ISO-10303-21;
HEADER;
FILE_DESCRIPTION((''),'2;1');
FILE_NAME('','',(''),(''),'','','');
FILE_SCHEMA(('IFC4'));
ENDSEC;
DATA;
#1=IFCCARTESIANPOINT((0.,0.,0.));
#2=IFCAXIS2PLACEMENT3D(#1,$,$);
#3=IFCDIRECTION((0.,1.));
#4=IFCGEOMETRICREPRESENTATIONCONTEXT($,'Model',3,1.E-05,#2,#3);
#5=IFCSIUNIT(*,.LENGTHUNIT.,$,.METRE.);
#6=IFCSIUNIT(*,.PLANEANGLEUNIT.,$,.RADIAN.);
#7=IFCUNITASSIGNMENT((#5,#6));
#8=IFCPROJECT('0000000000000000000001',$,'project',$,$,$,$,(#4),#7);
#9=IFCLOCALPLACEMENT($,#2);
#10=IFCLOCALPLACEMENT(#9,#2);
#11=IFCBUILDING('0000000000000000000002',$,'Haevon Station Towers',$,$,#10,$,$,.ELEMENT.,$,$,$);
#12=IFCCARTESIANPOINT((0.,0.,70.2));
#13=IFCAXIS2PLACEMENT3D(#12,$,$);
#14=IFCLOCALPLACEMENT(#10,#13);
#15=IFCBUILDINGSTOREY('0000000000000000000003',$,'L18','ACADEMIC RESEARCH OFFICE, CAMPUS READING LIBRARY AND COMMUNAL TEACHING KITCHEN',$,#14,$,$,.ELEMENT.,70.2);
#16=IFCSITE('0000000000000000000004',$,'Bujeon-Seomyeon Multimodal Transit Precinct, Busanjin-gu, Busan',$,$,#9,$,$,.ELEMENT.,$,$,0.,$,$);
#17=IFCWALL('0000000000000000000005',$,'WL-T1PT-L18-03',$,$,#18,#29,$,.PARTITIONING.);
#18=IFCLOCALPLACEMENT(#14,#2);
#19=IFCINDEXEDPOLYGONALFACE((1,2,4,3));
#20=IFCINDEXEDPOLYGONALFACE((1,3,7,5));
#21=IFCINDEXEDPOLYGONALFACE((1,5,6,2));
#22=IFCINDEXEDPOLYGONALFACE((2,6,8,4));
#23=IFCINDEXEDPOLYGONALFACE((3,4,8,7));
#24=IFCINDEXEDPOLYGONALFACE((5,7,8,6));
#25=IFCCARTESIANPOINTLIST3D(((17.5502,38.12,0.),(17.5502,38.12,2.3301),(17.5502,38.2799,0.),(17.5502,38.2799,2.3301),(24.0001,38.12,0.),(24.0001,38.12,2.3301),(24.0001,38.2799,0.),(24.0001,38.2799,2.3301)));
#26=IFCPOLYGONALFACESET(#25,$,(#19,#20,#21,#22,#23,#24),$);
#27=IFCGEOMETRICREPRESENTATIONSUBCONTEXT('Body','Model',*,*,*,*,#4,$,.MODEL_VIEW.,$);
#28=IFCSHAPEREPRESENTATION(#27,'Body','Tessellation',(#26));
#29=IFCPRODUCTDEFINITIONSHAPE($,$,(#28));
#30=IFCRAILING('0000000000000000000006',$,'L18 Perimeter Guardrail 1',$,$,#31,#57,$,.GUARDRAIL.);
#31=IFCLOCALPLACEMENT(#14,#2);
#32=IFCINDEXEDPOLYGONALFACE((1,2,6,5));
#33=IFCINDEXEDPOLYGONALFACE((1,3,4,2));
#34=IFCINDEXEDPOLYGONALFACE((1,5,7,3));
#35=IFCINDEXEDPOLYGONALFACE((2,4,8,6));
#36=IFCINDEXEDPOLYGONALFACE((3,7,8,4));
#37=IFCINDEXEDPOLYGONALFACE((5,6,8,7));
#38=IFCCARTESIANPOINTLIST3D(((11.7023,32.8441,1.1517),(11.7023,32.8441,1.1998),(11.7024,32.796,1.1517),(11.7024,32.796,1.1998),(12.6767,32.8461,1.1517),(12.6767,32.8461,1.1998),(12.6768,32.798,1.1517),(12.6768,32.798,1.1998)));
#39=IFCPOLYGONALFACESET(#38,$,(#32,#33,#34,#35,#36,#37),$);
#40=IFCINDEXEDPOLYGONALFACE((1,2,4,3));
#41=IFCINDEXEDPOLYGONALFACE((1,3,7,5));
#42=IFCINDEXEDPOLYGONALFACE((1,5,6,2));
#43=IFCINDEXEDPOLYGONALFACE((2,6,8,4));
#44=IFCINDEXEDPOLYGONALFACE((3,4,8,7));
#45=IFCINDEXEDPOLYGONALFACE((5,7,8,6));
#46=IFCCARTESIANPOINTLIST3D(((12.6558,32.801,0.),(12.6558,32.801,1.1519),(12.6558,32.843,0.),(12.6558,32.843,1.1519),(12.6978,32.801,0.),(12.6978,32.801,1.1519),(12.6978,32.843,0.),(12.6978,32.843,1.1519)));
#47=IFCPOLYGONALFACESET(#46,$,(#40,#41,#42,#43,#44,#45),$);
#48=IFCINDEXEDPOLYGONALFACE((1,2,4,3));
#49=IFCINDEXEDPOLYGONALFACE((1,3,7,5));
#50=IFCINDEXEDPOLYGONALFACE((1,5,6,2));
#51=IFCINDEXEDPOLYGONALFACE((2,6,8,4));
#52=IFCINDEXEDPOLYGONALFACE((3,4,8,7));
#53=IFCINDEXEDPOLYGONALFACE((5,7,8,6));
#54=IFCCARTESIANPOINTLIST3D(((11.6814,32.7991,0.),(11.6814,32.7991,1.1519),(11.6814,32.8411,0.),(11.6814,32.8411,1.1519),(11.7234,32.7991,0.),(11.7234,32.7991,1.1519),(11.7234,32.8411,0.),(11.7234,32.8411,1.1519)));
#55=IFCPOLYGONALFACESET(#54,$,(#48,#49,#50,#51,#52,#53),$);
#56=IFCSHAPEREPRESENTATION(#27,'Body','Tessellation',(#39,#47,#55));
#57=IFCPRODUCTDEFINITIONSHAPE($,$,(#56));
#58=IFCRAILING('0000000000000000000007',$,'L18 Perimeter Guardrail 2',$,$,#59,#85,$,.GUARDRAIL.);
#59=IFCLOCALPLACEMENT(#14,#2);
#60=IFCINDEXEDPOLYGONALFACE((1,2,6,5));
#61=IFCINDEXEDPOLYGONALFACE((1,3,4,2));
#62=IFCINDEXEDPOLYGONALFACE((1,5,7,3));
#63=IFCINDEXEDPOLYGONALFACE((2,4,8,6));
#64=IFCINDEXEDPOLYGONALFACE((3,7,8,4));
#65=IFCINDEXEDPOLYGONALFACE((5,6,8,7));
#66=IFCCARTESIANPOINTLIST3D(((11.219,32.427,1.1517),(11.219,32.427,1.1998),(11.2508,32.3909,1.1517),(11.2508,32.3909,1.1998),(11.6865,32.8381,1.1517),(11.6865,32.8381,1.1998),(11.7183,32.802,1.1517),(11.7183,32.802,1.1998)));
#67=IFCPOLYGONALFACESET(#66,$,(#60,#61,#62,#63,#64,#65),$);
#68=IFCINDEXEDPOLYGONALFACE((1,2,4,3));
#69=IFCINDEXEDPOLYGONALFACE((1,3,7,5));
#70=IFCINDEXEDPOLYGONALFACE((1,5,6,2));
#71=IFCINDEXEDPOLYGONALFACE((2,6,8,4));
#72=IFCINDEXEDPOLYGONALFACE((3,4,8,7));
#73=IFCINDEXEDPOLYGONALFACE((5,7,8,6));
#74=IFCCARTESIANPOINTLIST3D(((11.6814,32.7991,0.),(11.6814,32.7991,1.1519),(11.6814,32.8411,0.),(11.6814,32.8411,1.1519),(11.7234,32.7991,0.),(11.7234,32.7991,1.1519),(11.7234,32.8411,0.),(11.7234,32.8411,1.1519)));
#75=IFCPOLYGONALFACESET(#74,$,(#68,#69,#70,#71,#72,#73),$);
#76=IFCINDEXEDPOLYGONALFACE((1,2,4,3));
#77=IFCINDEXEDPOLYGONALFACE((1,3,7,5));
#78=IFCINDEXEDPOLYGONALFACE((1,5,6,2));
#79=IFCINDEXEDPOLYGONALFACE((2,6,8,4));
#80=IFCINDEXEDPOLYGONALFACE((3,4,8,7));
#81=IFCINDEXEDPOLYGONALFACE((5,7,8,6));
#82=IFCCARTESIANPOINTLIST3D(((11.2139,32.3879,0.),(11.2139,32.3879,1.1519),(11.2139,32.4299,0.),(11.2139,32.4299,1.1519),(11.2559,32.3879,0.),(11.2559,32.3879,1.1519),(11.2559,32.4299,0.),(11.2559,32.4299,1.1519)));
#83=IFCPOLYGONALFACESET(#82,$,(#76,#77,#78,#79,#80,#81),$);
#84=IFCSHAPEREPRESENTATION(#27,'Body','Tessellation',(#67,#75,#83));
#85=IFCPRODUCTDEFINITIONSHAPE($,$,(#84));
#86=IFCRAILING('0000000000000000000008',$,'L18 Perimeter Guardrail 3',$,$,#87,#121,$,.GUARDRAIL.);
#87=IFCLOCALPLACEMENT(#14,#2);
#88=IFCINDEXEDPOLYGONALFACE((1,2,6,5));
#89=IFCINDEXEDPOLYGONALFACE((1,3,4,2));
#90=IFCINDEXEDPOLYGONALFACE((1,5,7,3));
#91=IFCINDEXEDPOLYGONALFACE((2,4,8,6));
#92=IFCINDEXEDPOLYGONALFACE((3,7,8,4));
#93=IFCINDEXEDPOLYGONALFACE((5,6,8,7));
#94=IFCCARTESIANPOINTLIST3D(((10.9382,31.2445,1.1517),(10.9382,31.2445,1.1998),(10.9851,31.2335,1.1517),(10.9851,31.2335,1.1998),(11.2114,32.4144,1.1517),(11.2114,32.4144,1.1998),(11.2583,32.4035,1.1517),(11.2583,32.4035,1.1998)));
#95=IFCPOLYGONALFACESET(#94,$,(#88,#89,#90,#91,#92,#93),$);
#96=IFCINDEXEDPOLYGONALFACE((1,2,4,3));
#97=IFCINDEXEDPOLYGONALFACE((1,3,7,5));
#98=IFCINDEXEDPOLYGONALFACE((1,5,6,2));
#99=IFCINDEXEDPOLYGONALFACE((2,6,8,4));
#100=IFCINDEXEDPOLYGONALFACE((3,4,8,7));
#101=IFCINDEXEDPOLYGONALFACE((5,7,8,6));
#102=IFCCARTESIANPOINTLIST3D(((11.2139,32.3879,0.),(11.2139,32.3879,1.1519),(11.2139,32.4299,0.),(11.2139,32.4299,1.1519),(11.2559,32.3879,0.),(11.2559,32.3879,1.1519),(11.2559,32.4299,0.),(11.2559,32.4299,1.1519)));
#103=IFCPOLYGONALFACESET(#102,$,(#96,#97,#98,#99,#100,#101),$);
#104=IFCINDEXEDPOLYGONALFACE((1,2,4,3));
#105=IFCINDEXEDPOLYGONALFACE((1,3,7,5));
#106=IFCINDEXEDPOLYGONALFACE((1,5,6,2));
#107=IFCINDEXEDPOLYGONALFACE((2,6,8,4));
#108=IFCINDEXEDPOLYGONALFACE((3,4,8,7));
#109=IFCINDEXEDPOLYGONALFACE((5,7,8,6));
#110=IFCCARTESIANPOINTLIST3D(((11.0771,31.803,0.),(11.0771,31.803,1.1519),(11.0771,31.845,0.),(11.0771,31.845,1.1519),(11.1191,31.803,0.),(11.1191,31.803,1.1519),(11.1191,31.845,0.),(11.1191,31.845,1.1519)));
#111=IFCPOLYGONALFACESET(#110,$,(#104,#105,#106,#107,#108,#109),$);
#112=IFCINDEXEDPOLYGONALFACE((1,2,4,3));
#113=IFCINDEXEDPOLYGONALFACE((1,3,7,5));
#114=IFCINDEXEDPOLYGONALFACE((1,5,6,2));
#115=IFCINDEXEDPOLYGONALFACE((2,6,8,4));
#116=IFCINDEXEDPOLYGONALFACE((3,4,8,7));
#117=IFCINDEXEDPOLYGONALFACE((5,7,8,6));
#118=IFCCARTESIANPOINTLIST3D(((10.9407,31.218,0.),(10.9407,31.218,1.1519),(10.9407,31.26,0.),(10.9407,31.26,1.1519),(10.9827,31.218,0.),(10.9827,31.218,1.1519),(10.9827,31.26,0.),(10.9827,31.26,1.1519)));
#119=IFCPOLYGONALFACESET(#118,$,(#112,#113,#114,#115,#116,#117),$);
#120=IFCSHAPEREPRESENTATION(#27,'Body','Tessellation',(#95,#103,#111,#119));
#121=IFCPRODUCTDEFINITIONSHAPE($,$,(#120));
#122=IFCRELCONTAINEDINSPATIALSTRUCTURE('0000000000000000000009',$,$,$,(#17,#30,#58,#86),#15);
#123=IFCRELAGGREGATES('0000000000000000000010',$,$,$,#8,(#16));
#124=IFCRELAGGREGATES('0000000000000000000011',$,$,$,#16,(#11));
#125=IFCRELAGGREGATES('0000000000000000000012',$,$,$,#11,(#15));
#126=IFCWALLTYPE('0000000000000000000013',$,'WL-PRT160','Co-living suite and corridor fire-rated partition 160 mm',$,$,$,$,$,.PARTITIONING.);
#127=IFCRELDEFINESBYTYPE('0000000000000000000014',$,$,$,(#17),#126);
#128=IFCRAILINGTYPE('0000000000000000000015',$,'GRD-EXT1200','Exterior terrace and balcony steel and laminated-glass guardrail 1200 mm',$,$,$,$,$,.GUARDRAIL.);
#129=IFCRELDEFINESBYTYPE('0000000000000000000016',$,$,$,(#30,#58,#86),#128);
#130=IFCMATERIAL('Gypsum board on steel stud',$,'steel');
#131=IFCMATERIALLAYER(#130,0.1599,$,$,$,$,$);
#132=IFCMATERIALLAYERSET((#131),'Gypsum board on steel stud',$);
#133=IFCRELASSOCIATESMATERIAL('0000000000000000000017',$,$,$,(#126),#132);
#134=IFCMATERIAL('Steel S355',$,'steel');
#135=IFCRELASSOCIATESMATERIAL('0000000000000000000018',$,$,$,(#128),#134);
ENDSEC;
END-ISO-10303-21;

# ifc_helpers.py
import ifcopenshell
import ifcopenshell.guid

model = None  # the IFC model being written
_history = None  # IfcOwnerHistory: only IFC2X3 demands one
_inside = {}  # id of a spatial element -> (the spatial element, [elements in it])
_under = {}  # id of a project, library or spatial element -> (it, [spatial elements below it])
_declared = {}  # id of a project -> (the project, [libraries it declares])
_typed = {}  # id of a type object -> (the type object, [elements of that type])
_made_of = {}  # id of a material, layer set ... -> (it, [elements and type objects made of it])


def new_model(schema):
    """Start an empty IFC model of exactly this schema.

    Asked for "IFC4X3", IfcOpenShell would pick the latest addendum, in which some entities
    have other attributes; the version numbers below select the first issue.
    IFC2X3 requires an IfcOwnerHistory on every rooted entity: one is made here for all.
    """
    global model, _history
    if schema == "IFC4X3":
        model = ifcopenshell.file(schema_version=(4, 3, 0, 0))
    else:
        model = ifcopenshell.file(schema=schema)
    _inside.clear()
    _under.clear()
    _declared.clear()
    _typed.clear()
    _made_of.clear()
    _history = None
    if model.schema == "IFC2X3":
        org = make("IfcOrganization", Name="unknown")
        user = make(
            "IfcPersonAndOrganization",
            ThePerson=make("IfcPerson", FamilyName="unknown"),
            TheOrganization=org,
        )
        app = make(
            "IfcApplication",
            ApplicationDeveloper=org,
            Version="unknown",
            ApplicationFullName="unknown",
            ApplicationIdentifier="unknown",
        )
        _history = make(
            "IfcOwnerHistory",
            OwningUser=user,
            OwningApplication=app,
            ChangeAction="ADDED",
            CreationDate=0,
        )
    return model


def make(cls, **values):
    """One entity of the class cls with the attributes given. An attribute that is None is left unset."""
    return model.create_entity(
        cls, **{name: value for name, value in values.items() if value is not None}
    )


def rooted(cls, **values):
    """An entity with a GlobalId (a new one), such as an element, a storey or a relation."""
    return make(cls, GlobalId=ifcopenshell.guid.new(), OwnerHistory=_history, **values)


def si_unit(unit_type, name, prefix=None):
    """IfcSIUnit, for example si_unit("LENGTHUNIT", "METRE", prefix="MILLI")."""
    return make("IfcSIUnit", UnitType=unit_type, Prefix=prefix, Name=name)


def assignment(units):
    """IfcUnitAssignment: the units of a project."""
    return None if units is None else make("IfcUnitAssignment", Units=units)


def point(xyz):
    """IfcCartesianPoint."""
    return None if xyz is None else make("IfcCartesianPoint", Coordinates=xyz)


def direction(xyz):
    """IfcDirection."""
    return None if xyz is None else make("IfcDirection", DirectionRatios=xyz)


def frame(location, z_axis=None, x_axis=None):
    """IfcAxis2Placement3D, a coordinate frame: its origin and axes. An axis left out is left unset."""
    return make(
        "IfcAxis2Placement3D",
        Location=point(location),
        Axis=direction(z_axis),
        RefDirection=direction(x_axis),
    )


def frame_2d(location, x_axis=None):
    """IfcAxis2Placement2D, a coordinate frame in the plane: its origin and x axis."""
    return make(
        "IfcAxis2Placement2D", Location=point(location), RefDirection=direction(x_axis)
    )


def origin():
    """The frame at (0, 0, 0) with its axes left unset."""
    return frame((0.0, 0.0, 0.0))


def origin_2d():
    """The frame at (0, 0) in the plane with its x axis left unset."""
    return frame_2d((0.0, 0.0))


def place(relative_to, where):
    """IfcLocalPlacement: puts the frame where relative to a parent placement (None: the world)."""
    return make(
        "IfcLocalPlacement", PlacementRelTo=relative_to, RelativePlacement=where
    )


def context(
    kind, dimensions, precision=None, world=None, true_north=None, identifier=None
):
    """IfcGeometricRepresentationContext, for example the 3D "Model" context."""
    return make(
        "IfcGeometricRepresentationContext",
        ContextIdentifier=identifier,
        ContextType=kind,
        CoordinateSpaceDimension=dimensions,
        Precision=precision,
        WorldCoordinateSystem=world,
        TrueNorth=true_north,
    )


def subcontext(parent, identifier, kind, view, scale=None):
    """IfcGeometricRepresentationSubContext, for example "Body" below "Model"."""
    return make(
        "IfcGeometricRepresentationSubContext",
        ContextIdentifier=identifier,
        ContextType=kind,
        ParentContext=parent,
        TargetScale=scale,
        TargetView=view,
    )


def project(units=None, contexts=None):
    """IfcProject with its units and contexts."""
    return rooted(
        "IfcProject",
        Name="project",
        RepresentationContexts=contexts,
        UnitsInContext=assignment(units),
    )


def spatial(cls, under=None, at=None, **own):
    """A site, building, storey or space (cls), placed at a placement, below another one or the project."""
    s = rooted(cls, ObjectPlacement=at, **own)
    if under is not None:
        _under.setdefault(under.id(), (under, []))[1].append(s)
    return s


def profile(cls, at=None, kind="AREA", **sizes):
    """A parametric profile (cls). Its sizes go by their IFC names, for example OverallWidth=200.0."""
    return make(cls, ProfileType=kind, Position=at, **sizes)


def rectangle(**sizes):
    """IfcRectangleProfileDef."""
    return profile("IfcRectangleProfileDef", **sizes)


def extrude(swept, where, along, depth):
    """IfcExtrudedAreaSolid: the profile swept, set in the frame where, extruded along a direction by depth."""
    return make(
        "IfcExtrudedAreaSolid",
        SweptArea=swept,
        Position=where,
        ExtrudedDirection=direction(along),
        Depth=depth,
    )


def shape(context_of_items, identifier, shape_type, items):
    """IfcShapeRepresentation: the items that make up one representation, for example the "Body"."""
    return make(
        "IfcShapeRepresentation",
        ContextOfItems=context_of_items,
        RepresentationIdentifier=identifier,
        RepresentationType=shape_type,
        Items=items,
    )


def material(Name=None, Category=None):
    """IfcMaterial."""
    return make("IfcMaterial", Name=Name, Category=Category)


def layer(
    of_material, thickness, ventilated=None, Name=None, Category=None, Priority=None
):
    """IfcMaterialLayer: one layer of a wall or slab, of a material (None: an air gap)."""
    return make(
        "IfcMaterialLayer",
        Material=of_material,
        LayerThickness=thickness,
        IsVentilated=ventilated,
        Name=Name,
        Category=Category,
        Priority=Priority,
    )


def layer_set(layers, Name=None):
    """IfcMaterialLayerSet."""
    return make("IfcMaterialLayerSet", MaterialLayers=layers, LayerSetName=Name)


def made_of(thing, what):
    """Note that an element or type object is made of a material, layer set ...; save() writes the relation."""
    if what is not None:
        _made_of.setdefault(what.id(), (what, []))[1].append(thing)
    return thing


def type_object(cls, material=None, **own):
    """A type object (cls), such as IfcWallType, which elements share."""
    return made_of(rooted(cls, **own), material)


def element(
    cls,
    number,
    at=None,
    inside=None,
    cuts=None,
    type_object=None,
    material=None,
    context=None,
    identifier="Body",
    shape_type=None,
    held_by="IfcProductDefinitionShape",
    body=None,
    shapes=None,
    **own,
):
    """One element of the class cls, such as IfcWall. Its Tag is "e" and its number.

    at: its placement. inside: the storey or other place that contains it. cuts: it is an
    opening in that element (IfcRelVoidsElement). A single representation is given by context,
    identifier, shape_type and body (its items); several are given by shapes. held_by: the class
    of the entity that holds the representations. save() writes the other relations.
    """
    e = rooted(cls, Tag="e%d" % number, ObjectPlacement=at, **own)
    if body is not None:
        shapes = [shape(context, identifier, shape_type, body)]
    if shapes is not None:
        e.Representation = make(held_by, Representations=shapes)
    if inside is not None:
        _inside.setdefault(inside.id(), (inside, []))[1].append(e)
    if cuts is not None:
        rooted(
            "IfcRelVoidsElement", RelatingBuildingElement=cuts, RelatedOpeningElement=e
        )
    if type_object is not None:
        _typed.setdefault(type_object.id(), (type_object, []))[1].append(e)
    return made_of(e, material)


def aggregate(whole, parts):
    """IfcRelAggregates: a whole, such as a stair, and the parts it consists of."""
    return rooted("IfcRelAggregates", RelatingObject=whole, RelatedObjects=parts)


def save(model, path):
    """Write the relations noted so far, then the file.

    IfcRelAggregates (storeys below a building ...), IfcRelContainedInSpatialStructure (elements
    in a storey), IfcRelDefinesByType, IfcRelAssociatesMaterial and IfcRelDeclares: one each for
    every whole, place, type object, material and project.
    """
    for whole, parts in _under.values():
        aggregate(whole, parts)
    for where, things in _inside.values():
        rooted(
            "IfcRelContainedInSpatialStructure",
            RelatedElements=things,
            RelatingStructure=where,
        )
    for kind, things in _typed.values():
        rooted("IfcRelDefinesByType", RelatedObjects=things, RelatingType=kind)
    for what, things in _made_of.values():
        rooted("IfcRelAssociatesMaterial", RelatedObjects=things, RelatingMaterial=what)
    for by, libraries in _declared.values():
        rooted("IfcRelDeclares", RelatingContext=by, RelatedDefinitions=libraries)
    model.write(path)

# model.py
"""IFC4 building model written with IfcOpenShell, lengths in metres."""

from ifc_helpers import new_model, si_unit, direction, frame, frame_2d, origin, origin_2d, place, context, subcontext, project, spatial, rectangle, extrude, material, layer, layer_set, type_object, element, save


model = new_model("IFC4")

# Units and contexts
model_context = context("Model", 3, precision=1e-05, world=origin(), true_north=direction((0.0, 1.0)))
body_context = subcontext(model_context, "Body", "Model", "MODEL_VIEW")
ifc_project = project(units=[si_unit("LENGTHUNIT", "METRE"), si_unit("PLANEANGLEUNIT", "RADIAN")], contexts=[model_context])

# Site, building, storey
site_placement = place(None, origin())
site = spatial("IfcSite", under=ifc_project, at=site_placement, Name="Bujeon-Seomyeon Multimodal Transit Precinct, Busanjin-gu, Busan", CompositionType="ELEMENT", RefElevation=0.0)
building_placement = place(site_placement, origin())
building = spatial("IfcBuilding", under=site, at=building_placement, Name="Haevon Station Towers", CompositionType="ELEMENT")
storey_placement = place(building_placement, frame((0.0, 0.0, 70.2)))
storey = spatial("IfcBuildingStorey", under=building, at=storey_placement, Name="L18", Description="ACADEMIC RESEARCH OFFICE, CAMPUS READING LIBRARY AND COMMUNAL TEACHING KITCHEN", CompositionType="ELEMENT", Elevation=70.2)

# Shared definitions
ifc_material_1 = material(Name="Steel S355", Category="steel")

# Wall
ifc_material_2 = material(Name="Gypsum board on steel stud", Category="steel")
ifc_layer_1 = layer(ifc_material_2, 0.1599)
ifc_layer_set_1 = layer_set([ifc_layer_1], Name="Gypsum board on steel stud")
wall_type_1 = type_object("IfcWallType", Name="WL-PRT160", Description="Co-living suite and corridor fire-rated partition 160 mm", PredefinedType="PARTITIONING", material=ifc_layer_set_1)
wall_1_placement = place(storey_placement, frame((17.55, 38.2, 0.0), z_axis=(0.0, 0.0, 1.0), x_axis=(1.0, 0.0, 0.0)))
element("IfcWall", 1, at=wall_1_placement, inside=storey, type_object=wall_type_1, Name="WL-T1PT-L18-03", PredefinedType="PARTITIONING", context=body_context, shape_type="SweptSolid", body=[
    extrude(rectangle(XDim=6.45, YDim=0.1599, at=frame_2d((3.2251, 0.0))), origin(), (0.0, 0.0, 1.0), 2.3301),
])

# Railings
railing_type = type_object("IfcRailingType", Name="GRD-EXT1200", Description="Exterior terrace and balcony steel and laminated-glass guardrail 1200 mm", PredefinedType="GUARDRAIL", material=ifc_material_1)
railing_1_placement = place(storey_placement, frame((12.6768, 32.822, 0.0)))
element("IfcRailing", 2, at=railing_1_placement, inside=storey, type_object=railing_type, Name="L18 Perimeter Guardrail 1", PredefinedType="GUARDRAIL", context=body_context, shape_type="SweptSolid", body=[
    extrude(rectangle(XDim=0.0481, YDim=0.0481, at=origin_2d()), frame((0.0, 0.0, 1.1758), z_axis=(-0.999998, -0.002005, 0.0), x_axis=(0.002005, -0.999998, 0.0)), (0.0, 0.0, 1.0), 0.9744),
    extrude(rectangle(XDim=0.042, YDim=0.042, at=origin_2d()), origin(), (0.0, 0.0, 1.0), 1.1519),
    extrude(rectangle(XDim=0.042, YDim=0.042, at=origin_2d()), frame((-0.9744, -0.002, 0.0)), (0.0, 0.0, 1.0), 1.1519),
])
railing_2_placement = place(storey_placement, frame((11.7024, 32.8201, 0.0)))
element("IfcRailing", 3, at=railing_2_placement, inside=storey, type_object=railing_type, Name="L18 Perimeter Guardrail 2", PredefinedType="GUARDRAIL", context=body_context, shape_type="SweptSolid", body=[
    extrude(rectangle(XDim=0.0481, YDim=0.0481, at=origin_2d()), frame((0.0, 0.0, 1.1758), z_axis=(-0.750947, -0.660363, 0.0), x_axis=(0.660363, -0.750947, 0.0)), (0.0, 0.0, 1.0), 0.6226),
    extrude(rectangle(XDim=0.042, YDim=0.042, at=origin_2d()), origin(), (0.0, 0.0, 1.0), 1.1519),
    extrude(rectangle(XDim=0.042, YDim=0.042, at=origin_2d()), frame((-0.4675, -0.4111, 0.0)), (0.0, 0.0, 1.0), 1.1519),
])
railing_3_placement = place(storey_placement, frame((11.2349, 32.4089, 0.0)))
element("IfcRailing", 4, at=railing_3_placement, inside=storey, type_object=railing_type, Name="L18 Perimeter Guardrail 3", PredefinedType="GUARDRAIL", context=body_context, shape_type="SweptSolid", body=[
    extrude(rectangle(XDim=0.0481, YDim=0.0481, at=origin_2d()), frame((0.0, 0.0, 1.1758), z_axis=(-0.227397, -0.973802, 0.0), x_axis=(0.973802, -0.227397, 0.0)), (0.0, 0.0, 1.0), 1.2014),
    extrude(rectangle(XDim=0.042, YDim=0.042, at=origin_2d()), origin(), (0.0, 0.0, 1.0), 1.1519),
    extrude(rectangle(XDim=0.042, YDim=0.042, at=origin_2d()), frame((-0.1367, -0.585, 0.0)), (0.0, 0.0, 1.0), 1.1519),
    extrude(rectangle(XDim=0.042, YDim=0.042, at=origin_2d()), frame((-0.2732, -1.1699, 0.0)), (0.0, 0.0, 1.0), 1.1519),
])

save(model, "model.ifc")
